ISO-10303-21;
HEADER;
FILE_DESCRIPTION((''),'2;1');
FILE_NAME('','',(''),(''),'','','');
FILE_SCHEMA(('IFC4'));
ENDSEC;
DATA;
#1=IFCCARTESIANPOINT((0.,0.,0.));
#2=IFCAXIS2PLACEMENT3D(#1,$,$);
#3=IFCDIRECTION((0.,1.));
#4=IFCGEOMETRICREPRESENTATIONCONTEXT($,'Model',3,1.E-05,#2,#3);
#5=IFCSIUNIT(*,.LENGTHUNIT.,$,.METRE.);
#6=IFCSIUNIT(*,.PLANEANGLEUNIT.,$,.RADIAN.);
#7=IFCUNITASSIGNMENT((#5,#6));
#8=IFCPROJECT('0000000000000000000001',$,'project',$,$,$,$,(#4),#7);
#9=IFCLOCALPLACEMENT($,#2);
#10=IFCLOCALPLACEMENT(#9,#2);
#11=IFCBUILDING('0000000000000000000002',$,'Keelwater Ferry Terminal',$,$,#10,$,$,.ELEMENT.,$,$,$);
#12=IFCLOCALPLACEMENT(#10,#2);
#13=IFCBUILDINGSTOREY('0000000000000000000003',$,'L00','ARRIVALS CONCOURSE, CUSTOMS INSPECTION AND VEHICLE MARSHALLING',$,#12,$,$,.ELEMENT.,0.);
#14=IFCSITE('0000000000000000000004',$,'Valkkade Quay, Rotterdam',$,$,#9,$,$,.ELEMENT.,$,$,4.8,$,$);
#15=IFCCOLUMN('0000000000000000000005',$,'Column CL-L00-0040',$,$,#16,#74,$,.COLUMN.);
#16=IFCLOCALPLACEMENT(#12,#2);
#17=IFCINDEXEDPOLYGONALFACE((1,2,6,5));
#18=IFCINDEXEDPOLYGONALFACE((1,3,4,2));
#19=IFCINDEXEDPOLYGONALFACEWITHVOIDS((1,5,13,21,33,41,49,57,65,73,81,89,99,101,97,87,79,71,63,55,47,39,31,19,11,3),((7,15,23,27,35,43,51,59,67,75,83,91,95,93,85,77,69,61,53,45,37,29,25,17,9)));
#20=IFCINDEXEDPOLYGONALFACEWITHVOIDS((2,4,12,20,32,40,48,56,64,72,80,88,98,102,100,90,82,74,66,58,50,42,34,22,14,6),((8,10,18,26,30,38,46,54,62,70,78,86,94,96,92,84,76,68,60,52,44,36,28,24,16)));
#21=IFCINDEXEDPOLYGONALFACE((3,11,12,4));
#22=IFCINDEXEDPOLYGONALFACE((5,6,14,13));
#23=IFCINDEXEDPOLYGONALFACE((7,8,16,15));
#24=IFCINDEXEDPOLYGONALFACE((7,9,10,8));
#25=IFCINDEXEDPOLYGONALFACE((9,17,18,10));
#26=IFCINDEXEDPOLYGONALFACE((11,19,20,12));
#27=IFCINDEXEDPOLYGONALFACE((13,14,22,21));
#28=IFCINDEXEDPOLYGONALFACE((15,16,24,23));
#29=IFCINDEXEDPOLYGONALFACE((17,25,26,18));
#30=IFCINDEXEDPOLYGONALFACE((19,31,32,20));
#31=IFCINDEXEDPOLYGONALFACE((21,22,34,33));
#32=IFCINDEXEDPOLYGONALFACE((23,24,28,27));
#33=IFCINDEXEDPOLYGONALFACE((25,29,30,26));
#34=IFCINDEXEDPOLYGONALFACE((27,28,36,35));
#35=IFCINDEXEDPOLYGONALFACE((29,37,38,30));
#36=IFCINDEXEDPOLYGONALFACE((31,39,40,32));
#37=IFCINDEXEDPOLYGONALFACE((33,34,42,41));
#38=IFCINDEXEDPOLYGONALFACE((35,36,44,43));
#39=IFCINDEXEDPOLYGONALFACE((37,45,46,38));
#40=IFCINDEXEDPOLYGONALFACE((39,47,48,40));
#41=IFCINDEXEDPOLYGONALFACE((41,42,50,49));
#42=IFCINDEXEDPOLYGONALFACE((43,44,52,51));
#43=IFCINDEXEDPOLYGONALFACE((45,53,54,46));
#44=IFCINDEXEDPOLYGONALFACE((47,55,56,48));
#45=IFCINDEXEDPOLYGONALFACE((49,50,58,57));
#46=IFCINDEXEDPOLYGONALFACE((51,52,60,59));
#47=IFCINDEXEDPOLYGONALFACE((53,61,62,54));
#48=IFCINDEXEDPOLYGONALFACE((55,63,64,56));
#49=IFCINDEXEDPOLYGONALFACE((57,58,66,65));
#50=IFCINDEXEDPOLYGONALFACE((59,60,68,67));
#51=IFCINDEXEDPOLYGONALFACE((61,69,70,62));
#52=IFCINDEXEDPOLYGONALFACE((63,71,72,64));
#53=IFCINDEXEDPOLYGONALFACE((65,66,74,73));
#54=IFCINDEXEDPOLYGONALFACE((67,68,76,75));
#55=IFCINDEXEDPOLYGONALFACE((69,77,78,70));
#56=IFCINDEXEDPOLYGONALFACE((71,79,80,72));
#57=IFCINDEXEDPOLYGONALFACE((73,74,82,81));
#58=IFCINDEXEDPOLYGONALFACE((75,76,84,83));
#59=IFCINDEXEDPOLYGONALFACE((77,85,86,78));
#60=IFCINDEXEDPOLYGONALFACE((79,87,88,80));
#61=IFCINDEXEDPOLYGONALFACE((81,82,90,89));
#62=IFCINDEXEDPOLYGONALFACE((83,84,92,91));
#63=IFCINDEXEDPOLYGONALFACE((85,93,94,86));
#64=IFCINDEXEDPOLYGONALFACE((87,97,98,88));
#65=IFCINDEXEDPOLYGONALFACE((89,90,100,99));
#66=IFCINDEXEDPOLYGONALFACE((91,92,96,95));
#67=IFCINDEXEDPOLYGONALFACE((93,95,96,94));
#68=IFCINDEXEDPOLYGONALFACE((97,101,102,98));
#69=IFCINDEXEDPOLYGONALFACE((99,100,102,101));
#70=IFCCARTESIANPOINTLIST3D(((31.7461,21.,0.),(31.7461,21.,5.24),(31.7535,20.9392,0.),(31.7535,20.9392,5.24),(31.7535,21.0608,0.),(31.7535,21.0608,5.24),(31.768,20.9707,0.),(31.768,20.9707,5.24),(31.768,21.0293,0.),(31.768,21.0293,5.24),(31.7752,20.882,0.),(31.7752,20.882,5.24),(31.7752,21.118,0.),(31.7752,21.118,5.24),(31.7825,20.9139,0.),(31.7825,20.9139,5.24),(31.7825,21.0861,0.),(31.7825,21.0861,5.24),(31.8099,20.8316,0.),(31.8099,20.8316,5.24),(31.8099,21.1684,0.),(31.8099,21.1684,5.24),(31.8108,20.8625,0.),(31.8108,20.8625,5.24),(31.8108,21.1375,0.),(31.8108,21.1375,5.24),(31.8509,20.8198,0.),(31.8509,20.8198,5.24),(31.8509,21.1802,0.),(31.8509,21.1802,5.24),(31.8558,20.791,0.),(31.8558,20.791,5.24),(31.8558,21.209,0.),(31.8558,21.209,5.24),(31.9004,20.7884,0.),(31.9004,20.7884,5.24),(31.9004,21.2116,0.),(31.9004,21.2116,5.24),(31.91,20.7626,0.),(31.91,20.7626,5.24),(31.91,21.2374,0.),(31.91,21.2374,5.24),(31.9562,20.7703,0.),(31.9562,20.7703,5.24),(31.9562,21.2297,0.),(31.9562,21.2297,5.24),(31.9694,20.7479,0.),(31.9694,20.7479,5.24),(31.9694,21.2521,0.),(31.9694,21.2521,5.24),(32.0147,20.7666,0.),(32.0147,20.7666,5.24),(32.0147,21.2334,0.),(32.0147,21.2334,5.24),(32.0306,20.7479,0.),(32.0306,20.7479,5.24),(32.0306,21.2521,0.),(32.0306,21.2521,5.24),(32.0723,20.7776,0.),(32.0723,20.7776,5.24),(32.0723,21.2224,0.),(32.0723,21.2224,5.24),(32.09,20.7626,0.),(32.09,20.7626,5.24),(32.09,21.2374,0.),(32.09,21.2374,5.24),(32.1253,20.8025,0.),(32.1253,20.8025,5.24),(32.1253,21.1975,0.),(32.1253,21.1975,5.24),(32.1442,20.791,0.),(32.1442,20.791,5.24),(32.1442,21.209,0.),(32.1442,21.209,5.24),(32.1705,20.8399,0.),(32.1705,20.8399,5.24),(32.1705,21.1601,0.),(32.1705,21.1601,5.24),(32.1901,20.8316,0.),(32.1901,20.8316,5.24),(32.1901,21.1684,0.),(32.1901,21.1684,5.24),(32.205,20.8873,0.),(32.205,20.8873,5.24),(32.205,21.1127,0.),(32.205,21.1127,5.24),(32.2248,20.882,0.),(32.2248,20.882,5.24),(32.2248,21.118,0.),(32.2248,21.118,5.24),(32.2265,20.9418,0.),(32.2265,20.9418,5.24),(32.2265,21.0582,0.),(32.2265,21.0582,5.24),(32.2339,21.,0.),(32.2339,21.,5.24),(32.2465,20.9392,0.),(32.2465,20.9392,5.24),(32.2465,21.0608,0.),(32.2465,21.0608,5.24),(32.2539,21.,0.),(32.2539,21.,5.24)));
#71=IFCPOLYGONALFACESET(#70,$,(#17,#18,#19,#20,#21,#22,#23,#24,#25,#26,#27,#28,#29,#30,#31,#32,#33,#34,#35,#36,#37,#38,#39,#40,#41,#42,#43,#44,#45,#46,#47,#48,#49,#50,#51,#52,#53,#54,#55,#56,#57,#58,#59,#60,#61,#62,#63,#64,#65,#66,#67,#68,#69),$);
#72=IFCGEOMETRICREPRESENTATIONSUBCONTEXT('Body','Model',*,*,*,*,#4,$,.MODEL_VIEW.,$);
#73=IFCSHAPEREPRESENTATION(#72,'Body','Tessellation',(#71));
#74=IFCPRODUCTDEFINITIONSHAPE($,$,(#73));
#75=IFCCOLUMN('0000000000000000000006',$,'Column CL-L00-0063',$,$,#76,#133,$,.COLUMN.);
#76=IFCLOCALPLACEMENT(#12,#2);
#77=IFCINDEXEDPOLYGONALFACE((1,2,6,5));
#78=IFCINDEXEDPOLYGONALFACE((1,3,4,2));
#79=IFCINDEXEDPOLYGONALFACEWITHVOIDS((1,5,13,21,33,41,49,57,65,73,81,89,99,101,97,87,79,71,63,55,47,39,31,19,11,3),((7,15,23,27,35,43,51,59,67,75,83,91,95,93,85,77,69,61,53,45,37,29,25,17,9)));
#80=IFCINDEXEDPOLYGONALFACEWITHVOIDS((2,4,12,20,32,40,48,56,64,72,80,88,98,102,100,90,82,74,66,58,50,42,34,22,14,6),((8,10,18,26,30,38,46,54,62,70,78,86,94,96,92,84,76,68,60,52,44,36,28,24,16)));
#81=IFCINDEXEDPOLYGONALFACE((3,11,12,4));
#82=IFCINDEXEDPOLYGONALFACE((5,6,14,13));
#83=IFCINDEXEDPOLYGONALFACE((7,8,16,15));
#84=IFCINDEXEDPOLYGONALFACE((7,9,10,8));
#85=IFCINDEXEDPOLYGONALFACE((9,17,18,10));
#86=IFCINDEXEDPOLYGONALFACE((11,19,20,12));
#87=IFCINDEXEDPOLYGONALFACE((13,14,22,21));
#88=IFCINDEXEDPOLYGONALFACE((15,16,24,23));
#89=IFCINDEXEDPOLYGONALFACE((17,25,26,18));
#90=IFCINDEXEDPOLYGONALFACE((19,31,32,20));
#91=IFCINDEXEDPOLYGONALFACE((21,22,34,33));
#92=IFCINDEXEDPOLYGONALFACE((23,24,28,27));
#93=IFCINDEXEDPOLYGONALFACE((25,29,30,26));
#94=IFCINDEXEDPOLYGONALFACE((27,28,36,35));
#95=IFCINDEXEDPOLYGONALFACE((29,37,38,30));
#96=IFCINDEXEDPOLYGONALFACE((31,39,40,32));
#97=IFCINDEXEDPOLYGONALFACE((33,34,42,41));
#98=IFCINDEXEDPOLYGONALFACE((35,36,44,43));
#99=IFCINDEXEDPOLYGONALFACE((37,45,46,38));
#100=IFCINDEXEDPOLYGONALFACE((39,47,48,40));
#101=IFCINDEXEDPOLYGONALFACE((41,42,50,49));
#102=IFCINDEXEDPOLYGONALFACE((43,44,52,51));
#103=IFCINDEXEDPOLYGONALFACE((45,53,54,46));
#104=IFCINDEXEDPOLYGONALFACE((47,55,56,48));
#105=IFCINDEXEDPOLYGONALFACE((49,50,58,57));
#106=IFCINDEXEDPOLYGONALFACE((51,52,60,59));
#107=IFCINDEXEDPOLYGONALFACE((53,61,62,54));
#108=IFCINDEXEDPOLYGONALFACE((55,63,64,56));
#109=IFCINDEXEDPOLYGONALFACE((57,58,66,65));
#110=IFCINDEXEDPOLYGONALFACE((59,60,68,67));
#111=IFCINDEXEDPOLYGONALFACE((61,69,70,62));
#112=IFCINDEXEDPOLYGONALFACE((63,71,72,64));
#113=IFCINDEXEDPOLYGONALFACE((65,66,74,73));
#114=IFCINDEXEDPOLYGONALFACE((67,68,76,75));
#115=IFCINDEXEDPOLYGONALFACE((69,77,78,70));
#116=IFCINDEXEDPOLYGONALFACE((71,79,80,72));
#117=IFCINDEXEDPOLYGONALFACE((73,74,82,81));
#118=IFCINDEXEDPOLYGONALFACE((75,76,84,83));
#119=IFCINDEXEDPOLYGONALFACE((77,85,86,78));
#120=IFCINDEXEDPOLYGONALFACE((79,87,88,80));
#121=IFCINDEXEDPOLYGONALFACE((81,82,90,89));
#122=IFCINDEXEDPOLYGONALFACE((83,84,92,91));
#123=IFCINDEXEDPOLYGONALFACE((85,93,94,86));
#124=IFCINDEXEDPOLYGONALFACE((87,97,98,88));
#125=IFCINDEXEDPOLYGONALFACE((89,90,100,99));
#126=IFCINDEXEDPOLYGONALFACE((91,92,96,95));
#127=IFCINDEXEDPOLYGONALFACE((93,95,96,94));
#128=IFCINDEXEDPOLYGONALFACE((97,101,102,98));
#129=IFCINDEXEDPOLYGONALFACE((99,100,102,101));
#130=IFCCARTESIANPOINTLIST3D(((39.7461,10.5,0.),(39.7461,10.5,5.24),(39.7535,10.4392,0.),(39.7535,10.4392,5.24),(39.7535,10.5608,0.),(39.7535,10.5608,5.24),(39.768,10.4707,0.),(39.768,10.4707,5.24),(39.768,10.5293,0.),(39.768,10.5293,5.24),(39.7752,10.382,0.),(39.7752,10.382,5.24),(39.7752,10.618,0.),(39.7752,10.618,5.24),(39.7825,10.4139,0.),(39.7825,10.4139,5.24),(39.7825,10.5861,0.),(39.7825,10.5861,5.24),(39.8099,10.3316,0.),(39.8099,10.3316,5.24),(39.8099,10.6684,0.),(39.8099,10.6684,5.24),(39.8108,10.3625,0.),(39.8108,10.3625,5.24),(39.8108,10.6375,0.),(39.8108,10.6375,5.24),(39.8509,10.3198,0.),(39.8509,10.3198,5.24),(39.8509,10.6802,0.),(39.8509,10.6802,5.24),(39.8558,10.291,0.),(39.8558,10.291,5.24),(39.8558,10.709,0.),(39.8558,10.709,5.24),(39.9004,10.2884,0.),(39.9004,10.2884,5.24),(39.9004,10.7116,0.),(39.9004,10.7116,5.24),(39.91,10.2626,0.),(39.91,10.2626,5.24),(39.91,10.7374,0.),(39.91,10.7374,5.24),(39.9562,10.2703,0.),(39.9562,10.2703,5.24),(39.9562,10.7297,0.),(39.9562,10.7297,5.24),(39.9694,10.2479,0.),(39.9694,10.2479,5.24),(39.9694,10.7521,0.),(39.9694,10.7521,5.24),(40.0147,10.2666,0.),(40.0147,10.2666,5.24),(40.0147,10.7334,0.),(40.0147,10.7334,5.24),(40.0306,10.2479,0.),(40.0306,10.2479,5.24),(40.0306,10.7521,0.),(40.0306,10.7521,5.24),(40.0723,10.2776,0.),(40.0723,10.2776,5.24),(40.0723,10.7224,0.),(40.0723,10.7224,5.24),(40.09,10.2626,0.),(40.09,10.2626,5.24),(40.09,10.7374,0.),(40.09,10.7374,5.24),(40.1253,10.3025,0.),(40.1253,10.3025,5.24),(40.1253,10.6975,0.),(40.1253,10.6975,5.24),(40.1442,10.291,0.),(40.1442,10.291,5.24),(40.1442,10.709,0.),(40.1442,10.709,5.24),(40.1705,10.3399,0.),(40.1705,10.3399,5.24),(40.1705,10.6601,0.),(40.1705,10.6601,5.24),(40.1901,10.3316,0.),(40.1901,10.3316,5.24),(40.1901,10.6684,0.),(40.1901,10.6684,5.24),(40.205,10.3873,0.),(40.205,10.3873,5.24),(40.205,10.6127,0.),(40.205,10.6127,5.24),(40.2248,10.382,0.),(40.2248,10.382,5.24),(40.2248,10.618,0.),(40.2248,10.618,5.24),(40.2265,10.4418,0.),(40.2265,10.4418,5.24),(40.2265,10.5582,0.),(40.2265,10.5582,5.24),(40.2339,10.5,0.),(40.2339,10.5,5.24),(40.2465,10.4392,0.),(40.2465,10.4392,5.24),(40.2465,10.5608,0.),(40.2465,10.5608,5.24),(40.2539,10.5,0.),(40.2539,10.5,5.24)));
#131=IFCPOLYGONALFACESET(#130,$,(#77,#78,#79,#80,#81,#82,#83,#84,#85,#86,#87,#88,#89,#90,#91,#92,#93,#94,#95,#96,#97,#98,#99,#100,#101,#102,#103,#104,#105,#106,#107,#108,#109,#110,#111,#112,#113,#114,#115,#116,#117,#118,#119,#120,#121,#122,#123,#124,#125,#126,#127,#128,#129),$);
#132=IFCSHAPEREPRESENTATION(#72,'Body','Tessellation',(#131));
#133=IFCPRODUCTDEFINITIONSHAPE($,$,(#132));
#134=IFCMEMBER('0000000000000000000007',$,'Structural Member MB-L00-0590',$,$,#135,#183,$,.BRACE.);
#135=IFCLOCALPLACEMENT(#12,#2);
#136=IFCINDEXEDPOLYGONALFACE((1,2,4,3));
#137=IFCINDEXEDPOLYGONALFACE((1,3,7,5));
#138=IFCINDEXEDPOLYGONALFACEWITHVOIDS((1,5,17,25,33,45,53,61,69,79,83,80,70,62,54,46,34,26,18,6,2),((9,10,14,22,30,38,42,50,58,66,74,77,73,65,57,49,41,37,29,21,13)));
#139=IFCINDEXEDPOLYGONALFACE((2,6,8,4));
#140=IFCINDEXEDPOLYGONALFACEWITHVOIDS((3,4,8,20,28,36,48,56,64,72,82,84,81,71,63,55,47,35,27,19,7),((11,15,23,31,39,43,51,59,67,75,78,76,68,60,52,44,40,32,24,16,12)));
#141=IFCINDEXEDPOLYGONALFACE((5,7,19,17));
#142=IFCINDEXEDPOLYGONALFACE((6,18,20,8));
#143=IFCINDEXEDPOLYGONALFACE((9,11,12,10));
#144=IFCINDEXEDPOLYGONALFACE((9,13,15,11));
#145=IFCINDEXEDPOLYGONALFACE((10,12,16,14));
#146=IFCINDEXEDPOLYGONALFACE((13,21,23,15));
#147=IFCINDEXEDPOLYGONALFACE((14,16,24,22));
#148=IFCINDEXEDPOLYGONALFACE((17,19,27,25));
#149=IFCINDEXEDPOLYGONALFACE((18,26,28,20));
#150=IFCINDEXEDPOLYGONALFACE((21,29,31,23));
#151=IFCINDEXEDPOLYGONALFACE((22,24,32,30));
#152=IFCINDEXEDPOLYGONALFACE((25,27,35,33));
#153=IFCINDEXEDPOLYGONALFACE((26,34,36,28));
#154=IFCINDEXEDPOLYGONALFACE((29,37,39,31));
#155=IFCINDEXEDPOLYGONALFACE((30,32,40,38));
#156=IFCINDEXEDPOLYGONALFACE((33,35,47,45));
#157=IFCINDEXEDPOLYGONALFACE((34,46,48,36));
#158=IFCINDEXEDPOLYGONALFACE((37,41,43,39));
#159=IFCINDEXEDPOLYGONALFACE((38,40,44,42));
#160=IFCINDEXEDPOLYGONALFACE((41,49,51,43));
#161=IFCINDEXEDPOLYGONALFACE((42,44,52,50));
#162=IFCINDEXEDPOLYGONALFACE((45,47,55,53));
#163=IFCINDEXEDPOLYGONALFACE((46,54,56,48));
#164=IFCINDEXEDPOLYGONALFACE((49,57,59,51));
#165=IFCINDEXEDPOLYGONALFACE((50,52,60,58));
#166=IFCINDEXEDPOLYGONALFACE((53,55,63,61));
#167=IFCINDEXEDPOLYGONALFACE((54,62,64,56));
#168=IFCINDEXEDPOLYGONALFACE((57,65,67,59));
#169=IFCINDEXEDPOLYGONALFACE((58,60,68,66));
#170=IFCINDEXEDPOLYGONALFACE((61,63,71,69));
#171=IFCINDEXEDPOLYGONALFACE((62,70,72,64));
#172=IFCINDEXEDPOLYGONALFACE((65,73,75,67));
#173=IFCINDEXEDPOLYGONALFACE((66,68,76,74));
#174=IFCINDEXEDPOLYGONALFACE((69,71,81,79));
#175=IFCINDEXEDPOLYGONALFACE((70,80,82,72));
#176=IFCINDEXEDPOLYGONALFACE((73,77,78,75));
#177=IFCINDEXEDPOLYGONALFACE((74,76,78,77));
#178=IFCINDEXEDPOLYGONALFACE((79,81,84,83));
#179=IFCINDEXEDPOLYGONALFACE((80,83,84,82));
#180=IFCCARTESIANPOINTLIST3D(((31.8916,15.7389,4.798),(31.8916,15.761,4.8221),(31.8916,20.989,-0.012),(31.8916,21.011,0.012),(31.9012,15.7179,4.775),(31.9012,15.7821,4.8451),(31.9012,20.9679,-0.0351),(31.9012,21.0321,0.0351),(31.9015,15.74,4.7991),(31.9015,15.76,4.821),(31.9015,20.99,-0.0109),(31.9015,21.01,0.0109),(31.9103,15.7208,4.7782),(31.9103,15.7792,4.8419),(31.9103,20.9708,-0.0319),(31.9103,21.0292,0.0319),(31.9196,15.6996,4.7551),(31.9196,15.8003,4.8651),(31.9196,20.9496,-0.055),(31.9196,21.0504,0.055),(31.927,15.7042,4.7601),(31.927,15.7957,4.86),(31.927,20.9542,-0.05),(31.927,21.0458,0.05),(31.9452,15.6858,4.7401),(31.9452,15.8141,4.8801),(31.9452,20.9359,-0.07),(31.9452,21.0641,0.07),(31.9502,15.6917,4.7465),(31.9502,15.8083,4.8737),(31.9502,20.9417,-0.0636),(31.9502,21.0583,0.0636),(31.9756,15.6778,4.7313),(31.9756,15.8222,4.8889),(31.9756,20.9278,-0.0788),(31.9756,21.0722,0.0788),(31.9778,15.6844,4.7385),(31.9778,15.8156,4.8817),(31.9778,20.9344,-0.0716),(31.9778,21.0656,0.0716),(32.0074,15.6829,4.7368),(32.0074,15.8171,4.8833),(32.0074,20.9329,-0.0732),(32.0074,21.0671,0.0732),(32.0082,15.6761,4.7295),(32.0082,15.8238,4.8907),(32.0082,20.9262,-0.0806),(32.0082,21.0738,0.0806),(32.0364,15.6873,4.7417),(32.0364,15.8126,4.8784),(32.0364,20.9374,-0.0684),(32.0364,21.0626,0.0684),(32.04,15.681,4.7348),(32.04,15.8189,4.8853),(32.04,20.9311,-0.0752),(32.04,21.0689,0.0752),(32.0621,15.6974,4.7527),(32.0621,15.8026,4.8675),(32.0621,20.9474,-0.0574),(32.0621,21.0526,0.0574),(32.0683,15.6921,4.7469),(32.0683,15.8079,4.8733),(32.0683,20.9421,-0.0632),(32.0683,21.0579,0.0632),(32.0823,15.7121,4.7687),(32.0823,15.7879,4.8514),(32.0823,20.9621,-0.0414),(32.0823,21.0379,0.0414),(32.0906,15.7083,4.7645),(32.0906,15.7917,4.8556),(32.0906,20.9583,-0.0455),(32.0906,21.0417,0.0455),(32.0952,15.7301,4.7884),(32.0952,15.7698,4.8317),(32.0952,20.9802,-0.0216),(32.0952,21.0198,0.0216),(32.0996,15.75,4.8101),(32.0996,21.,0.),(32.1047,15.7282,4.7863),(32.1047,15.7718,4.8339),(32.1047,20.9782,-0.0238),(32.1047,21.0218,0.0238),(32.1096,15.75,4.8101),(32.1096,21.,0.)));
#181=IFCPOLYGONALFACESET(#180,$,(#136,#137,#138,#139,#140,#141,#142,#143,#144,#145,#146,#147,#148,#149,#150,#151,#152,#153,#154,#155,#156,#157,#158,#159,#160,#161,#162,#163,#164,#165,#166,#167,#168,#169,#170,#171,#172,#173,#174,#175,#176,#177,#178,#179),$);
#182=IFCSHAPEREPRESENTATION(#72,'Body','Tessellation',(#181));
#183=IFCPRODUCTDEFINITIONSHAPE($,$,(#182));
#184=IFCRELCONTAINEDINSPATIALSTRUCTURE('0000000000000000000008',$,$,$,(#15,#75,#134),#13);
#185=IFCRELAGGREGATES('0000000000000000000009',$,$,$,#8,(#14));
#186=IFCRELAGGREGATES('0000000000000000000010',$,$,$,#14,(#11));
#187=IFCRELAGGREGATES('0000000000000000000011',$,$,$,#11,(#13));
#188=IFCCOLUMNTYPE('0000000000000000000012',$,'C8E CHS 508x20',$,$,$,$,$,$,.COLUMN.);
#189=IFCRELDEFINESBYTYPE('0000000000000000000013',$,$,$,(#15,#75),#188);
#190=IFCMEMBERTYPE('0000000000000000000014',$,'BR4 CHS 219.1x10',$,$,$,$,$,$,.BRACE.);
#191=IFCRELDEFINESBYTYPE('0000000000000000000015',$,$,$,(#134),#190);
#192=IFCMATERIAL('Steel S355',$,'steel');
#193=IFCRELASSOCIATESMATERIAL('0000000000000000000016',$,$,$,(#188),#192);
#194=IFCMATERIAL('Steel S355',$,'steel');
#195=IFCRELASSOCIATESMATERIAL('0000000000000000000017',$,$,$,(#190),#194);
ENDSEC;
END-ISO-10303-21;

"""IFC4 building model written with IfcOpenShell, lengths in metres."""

from ifc_helpers import new_model, si_unit, direction, frame, origin, origin_2d, place, context, subcontext, project, spatial, hollow_circle, extrude, material, material_profile, profile_set, type_object, element, save


model = new_model("IFC4")

# Units and contexts
model_context = context("Model", 3, precision=1e-05, world=origin(), true_north=direction((0.0, 1.0)))
body_context = subcontext(model_context, "Body", "Model", "MODEL_VIEW")
ifc_project = project(units=[si_unit("LENGTHUNIT", "METRE"), si_unit("PLANEANGLEUNIT", "RADIAN")], contexts=[model_context])

# Site, building, storey
site_placement = place(None, origin())
site = spatial("IfcSite", under=ifc_project, at=site_placement, Name="Valkkade Quay, Rotterdam", CompositionType="ELEMENT", RefElevation=4.8)
building_placement = place(site_placement, origin())
building = spatial("IfcBuilding", under=site, at=building_placement, Name="Keelwater Ferry Terminal", CompositionType="ELEMENT")
storey_placement = place(building_placement, origin())
storey = spatial("IfcBuildingStorey", under=building, at=storey_placement, Name="L00", Description="ARRIVALS CONCOURSE, CUSTOMS INSPECTION AND VEHICLE MARSHALLING", CompositionType="ELEMENT", Elevation=0.0)

# Columns
ifc_material_1 = material(Name="Steel S355", Category="steel")
ifc_material_profile_1 = material_profile(ifc_material_1, hollow_circle(Radius=0.2539, WallThickness=0.02, at=origin_2d()), Name="CHS 508x20")
ifc_profile_set_1 = profile_set([ifc_material_profile_1], Name="Steel S355")
column_type = type_object("IfcColumnType", Name="C8E CHS 508x20", PredefinedType="COLUMN", material=ifc_profile_set_1)
for number, where, z_axis, x_axis, name in (
    (1, (32.0, 21.0, 0.0), (0.0, 0.0, 1.0), (1.0, 0.0, 0.0), "Column CL-L00-0040"),
    (2, (40.0, 10.5, 0.0), (0.0, 0.0, 1.0), (1.0, 0.0, 0.0), "Column CL-L00-0063"),
):
    element("IfcColumn", number, at=place(storey_placement, frame(where, z_axis=z_axis, x_axis=x_axis)), inside=storey, type_object=column_type, Name=name, PredefinedType="COLUMN", context=body_context, shape_type="SweptSolid", body=[
        extrude(hollow_circle(Radius=0.2539, WallThickness=0.02, at=origin_2d()), origin(), (0.0, 0.0, 1.0), 5.24),
    ])

# Member
ifc_material_2 = material(Name="Steel S355", Category="steel")
ifc_material_profile_2 = material_profile(ifc_material_2, hollow_circle(Radius=0.1096, WallThickness=0.01, at=origin_2d()), Name="CHS 219.1x10")
ifc_profile_set_2 = profile_set([ifc_material_profile_2], Name="Steel S355")
member_type = type_object("IfcMemberType", Name="BR4 CHS 219.1x10", PredefinedType="BRACE", material=ifc_profile_set_2)
member_placement = place(storey_placement, frame((32.0, 21.0, 0.0), z_axis=(0.0, -0.737325, 0.675538), x_axis=(1.0, 0.0, 0.0)))
element("IfcMember", 3, at=member_placement, inside=storey, type_object=member_type, Name="Structural Member MB-L00-0590", PredefinedType="BRACE", context=body_context, shape_type="SweptSolid", body=[
    extrude(hollow_circle(Radius=0.1096, WallThickness=0.01, at=origin_2d()), origin(), (0.0, 0.0, 1.0), 7.1204),
])

save(model, "model.ifc")
